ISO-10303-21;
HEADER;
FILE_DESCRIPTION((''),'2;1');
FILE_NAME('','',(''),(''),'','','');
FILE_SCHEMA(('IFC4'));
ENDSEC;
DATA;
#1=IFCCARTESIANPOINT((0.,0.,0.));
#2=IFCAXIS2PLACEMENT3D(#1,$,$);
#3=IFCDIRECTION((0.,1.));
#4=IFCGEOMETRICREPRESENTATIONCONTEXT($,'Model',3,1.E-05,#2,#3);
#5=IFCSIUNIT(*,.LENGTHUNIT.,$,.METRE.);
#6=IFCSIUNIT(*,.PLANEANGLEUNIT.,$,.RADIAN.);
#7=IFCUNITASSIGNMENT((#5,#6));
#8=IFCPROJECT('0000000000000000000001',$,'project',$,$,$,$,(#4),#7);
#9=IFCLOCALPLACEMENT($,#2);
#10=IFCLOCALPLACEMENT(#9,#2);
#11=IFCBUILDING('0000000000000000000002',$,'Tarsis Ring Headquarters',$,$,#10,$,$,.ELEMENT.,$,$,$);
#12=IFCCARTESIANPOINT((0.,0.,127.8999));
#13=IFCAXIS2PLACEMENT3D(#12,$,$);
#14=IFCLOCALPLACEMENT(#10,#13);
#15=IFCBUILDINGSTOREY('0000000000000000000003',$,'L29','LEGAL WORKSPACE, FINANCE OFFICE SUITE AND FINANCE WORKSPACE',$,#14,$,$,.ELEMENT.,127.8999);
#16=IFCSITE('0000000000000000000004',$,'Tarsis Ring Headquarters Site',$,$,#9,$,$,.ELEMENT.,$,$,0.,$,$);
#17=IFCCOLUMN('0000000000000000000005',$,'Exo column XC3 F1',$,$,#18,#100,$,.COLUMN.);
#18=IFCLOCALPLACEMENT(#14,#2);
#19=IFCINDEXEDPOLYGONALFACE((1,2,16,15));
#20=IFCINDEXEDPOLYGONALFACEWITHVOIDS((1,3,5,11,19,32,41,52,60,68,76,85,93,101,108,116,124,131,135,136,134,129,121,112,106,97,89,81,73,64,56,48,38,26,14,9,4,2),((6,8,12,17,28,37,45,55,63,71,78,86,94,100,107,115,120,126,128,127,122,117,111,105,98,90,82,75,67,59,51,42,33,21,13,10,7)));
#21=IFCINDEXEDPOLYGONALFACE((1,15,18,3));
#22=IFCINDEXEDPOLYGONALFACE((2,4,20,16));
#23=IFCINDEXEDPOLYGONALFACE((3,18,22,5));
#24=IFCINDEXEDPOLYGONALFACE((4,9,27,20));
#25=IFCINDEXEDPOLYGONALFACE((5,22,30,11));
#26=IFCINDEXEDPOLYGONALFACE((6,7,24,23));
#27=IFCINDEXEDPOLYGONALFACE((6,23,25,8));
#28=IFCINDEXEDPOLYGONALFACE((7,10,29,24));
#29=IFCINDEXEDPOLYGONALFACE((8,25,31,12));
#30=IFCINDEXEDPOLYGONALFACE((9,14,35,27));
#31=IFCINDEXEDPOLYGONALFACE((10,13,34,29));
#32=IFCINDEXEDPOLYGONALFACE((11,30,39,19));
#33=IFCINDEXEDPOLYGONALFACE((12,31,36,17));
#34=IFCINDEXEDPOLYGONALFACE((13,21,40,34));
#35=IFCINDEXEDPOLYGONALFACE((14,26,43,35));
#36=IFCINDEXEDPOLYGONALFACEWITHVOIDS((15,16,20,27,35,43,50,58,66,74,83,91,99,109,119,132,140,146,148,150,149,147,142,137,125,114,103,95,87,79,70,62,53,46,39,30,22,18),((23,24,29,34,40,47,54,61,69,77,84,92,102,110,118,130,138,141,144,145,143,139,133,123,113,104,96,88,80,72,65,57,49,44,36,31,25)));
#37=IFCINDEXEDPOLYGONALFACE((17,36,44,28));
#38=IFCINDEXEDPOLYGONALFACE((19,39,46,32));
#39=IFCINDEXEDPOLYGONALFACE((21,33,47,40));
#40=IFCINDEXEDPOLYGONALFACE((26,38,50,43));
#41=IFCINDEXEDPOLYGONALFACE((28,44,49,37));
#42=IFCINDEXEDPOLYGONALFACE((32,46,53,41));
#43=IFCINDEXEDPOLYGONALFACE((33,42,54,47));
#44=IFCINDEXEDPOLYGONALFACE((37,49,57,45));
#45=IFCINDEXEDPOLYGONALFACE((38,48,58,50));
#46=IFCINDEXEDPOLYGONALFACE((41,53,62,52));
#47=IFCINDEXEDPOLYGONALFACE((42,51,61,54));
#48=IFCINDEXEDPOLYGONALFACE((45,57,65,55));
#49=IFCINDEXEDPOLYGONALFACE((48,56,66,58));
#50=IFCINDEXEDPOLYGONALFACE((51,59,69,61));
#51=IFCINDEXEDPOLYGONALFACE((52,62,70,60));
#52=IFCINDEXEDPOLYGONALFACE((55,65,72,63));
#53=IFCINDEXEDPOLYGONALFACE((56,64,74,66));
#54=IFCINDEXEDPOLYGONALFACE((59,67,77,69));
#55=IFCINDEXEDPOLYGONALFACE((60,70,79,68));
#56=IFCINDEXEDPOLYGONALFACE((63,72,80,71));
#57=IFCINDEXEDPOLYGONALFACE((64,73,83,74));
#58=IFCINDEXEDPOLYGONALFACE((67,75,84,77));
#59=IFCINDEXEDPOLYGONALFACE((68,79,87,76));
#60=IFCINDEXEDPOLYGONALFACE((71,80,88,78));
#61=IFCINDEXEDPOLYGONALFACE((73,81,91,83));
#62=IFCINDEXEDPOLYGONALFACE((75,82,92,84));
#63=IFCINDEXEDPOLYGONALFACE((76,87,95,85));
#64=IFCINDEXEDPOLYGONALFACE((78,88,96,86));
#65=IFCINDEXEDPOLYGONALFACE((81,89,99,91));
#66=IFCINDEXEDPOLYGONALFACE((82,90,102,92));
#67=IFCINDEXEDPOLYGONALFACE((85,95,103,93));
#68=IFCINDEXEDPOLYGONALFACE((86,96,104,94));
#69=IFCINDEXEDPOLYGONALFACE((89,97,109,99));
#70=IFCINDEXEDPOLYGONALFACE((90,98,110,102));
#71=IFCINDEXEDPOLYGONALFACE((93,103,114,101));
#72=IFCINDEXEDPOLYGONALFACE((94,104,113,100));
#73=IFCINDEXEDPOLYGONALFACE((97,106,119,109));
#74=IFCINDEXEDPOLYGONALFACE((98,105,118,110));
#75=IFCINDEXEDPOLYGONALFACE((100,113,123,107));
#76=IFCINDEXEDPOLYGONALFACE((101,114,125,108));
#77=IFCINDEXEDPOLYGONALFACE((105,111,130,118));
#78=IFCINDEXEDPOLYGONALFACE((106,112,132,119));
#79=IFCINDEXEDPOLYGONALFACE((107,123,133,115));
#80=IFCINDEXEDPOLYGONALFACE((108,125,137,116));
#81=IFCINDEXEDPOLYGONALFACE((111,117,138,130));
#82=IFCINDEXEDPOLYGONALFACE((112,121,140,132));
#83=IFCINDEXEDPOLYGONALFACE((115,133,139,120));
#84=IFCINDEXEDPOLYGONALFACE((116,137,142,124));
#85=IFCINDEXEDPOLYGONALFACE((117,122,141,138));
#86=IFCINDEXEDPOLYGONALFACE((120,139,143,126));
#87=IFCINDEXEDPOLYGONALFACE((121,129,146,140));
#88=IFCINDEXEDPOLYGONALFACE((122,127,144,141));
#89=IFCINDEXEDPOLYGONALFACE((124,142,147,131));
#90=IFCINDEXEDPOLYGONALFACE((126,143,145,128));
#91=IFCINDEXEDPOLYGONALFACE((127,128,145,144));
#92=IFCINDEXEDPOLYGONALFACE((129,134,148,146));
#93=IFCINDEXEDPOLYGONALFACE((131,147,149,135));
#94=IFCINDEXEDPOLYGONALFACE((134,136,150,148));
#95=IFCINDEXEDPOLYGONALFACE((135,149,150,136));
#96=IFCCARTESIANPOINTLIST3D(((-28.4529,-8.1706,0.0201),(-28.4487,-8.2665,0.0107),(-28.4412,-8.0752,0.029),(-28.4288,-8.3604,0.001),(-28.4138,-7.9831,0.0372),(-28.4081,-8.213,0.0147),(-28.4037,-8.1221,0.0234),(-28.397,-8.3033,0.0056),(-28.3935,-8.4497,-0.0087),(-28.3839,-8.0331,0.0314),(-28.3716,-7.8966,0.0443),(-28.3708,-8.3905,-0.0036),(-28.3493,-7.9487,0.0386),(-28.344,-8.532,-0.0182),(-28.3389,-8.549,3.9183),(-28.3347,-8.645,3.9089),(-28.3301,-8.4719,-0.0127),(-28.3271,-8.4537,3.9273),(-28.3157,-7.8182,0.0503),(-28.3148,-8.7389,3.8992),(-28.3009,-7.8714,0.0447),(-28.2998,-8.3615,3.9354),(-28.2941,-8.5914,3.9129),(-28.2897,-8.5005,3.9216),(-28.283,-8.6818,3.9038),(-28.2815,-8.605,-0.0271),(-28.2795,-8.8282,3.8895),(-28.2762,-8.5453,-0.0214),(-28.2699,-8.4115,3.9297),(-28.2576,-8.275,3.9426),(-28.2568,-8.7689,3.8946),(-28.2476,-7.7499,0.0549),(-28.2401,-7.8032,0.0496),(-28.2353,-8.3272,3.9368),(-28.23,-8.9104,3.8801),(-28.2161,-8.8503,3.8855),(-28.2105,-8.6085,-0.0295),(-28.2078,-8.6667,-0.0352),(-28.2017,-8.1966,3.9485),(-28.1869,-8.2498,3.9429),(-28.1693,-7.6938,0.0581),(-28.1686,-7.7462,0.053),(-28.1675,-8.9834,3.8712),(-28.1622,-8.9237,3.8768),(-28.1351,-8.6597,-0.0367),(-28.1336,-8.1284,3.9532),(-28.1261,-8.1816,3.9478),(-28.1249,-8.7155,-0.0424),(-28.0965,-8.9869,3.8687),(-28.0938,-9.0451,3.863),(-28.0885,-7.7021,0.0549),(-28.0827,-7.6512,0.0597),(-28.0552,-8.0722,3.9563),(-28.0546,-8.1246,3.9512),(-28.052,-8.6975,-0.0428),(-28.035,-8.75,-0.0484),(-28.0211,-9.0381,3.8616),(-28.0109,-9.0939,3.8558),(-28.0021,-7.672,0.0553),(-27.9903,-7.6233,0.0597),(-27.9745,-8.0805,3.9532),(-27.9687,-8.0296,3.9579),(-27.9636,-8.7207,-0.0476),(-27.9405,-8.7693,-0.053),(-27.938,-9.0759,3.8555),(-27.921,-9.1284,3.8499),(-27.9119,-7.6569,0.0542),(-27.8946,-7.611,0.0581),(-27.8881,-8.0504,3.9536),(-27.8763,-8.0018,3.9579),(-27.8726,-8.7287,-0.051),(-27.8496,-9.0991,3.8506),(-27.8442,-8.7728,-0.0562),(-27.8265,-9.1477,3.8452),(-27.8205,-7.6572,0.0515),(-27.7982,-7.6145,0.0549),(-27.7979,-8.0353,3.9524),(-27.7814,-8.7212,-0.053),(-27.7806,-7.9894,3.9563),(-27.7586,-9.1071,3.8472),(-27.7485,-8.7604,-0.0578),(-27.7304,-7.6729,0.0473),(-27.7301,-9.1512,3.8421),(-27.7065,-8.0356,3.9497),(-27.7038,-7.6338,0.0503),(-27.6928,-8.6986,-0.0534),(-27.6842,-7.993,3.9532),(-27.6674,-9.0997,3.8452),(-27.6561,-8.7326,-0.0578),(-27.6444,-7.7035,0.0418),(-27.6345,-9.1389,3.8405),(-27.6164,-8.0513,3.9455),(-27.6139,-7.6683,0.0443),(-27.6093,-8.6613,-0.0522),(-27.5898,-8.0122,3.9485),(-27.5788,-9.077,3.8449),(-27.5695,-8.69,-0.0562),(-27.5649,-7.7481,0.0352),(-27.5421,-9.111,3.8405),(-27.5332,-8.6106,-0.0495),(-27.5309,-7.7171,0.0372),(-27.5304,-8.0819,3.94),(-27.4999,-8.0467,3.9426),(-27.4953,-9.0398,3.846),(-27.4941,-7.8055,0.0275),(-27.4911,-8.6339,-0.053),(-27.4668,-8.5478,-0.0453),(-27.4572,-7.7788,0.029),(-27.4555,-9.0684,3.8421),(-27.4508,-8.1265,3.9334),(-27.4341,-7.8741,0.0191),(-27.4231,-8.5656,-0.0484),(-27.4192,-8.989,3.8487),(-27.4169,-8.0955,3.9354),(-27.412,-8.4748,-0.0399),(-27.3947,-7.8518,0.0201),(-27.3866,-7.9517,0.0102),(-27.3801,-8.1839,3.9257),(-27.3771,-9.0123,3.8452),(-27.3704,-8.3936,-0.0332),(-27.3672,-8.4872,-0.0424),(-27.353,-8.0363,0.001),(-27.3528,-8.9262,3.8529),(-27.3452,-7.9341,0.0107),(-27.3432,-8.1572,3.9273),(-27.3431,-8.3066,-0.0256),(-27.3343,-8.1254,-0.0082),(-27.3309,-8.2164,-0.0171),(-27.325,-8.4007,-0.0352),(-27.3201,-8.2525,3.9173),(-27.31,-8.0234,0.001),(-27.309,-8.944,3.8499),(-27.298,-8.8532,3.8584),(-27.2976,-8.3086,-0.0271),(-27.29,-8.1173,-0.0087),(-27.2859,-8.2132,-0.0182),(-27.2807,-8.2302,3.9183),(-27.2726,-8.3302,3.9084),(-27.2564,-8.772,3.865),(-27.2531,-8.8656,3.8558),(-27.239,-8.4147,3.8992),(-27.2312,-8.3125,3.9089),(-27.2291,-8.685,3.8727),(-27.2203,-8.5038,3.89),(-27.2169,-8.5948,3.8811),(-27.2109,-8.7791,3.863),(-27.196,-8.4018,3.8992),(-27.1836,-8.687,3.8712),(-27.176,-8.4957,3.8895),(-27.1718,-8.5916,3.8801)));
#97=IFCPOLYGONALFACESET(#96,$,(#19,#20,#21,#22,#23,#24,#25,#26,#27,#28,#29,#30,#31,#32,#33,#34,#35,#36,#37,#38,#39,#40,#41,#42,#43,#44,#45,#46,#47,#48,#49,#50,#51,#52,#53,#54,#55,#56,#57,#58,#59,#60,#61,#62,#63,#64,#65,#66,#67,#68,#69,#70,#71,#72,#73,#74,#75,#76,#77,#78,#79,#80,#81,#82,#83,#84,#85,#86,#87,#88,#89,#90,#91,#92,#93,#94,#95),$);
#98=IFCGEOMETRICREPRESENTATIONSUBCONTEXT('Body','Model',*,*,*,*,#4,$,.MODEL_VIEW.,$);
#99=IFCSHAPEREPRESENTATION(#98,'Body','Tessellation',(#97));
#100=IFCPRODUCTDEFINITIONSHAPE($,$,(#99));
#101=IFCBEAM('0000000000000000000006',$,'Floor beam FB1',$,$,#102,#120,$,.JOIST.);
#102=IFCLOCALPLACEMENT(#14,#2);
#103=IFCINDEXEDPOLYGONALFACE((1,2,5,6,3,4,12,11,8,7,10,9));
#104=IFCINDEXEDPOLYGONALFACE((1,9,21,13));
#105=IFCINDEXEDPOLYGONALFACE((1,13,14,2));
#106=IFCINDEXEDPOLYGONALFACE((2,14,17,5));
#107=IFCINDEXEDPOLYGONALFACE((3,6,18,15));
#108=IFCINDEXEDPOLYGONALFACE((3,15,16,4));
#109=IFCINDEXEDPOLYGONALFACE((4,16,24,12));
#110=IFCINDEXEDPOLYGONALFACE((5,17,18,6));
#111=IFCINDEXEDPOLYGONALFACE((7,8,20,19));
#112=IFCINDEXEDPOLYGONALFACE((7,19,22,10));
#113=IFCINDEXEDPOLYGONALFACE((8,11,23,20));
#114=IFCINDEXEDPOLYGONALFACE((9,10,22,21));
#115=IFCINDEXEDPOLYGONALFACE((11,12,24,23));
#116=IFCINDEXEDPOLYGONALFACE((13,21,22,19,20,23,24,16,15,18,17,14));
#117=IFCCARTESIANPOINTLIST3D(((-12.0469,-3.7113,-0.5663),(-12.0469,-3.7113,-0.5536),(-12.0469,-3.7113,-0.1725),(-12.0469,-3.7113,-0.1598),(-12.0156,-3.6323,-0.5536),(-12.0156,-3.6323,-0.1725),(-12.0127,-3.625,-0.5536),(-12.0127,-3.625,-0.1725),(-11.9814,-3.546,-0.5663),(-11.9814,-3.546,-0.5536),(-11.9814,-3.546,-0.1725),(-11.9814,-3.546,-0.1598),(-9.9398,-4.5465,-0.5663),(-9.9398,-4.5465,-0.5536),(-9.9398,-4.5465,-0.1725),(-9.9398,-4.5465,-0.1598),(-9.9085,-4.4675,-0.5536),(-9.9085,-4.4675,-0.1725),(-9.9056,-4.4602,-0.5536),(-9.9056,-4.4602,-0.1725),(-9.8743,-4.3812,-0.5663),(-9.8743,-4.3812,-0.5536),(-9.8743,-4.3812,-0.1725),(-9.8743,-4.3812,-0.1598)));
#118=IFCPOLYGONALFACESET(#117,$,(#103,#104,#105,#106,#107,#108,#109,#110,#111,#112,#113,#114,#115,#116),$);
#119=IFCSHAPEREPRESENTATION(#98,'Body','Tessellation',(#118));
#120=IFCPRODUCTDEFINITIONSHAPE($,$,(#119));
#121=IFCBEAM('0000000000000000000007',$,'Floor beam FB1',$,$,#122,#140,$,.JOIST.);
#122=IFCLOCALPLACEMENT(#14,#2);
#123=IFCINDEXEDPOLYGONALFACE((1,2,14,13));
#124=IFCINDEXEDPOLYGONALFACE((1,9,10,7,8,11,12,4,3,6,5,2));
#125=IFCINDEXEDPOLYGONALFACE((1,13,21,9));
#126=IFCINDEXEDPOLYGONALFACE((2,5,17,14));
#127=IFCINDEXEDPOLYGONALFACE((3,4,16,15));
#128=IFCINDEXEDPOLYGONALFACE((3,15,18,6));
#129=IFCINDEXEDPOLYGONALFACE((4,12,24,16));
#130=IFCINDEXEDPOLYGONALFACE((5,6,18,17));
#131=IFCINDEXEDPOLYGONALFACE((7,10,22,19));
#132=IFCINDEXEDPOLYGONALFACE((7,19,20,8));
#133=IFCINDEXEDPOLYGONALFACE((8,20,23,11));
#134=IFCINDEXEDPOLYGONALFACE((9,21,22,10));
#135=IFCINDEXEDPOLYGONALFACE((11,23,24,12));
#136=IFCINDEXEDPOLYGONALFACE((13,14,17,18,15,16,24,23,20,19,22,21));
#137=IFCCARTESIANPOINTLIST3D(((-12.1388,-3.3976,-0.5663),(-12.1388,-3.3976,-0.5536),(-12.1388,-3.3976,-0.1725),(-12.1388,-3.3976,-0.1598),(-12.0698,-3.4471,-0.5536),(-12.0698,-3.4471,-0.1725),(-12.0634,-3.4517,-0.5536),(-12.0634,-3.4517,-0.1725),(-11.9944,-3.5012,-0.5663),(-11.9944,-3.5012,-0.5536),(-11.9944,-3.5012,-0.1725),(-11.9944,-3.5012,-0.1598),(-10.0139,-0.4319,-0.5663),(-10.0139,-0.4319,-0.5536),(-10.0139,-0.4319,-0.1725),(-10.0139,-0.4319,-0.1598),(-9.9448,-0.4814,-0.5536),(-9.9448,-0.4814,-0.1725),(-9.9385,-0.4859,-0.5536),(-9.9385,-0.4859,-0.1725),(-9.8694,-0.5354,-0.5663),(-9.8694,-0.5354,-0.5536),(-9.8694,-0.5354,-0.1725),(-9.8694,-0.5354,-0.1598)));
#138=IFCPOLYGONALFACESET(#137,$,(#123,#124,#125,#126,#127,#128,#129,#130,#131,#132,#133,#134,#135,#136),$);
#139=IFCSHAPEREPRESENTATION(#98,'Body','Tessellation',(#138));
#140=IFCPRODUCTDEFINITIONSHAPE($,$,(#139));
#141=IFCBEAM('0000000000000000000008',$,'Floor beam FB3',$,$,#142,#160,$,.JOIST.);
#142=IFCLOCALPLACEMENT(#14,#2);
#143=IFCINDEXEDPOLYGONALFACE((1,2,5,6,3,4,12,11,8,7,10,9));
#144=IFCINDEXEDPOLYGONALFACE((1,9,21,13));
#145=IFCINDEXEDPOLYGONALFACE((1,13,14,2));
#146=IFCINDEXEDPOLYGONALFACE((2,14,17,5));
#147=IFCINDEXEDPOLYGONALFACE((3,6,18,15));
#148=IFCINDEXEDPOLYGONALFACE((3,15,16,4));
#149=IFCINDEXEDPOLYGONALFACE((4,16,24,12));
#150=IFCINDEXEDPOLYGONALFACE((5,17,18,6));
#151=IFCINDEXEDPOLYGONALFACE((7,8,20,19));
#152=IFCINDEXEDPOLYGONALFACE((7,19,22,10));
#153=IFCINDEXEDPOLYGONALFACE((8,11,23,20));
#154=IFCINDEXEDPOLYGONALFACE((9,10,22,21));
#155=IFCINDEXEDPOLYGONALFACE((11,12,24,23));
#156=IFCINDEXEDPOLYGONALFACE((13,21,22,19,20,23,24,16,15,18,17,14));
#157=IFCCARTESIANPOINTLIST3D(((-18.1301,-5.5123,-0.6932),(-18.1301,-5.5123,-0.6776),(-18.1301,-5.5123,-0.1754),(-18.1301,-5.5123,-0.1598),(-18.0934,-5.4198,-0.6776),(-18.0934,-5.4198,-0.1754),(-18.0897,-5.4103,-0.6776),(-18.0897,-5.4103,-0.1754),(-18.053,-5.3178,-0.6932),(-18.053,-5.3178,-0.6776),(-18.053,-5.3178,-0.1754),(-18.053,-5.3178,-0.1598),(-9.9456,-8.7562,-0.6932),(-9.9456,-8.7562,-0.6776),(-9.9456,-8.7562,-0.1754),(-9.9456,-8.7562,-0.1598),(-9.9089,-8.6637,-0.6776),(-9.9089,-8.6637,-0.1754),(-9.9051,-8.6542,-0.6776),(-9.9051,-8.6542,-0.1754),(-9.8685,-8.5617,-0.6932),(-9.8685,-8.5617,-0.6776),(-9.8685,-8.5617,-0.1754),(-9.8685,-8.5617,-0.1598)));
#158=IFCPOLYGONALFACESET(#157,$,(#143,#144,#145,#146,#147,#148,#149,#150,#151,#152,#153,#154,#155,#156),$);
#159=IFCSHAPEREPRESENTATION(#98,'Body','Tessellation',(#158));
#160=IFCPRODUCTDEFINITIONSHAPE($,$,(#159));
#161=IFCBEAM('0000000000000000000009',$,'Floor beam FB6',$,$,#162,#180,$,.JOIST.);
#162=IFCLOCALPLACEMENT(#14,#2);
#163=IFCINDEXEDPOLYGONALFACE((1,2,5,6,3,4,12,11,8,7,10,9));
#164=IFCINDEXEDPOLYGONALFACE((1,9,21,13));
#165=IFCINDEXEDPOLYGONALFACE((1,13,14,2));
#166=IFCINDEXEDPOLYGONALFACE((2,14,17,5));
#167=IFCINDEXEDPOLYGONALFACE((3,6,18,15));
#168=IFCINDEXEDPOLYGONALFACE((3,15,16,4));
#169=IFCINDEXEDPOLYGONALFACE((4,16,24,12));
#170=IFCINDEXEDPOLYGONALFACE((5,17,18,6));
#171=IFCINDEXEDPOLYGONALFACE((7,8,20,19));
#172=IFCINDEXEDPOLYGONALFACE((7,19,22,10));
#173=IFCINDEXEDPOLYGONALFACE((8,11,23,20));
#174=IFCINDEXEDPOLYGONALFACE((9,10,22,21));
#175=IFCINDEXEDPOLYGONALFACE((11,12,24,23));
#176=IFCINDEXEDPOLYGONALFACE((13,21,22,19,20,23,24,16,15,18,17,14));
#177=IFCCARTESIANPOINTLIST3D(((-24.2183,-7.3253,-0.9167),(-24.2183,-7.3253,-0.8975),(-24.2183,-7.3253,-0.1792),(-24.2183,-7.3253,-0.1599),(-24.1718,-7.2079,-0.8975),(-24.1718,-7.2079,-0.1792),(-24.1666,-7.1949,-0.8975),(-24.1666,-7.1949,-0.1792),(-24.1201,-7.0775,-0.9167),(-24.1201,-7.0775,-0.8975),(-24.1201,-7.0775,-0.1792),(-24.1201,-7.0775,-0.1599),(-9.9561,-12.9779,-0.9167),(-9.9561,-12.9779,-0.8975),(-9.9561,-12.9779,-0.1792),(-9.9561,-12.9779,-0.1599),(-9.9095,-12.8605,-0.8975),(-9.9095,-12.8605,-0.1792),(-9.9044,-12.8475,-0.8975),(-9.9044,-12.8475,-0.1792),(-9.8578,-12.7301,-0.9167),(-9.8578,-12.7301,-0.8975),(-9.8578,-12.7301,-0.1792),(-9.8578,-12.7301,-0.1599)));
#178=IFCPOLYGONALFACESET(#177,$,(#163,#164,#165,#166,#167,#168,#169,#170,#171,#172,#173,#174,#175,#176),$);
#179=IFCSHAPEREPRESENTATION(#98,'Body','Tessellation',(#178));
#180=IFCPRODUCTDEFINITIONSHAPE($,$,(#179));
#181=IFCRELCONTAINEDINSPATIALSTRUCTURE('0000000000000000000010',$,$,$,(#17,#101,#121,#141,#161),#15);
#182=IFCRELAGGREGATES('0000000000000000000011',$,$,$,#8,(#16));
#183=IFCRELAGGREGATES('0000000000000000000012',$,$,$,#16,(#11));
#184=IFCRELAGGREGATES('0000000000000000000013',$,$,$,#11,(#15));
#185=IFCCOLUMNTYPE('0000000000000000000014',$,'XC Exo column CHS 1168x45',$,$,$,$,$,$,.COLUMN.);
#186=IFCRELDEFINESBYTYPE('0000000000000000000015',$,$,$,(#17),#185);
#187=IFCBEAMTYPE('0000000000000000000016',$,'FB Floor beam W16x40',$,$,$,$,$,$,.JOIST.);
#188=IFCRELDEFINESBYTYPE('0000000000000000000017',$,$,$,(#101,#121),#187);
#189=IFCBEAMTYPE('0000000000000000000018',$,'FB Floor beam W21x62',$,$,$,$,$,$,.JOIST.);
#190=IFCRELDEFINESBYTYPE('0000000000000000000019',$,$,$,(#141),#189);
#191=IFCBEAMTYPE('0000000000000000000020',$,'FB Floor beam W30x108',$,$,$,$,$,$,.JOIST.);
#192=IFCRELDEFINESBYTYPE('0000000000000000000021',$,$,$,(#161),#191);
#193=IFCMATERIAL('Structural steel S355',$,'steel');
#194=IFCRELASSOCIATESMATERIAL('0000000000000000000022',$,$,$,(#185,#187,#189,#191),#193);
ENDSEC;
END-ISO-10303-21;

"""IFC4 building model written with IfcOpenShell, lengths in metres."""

from ifc_helpers import new_model, si_unit, direction, frame, origin, origin_2d, place, context, subcontext, project, spatial, hollow_circle, i_section, extrude, material, material_profile, profile_set, type_object, element, save


model = new_model("IFC4")

# Units and contexts
model_context = context("Model", 3, precision=1e-05, world=origin(), true_north=direction((0.0, 1.0)))
body_context = subcontext(model_context, "Body", "Model", "MODEL_VIEW")
ifc_project = project(units=[si_unit("LENGTHUNIT", "METRE"), si_unit("PLANEANGLEUNIT", "RADIAN")], contexts=[model_context])

# Site, building, storey
site_placement = place(None, origin())
site = spatial("IfcSite", under=ifc_project, at=site_placement, Name="Tarsis Ring Headquarters Site", CompositionType="ELEMENT", RefElevation=0.0)
building_placement = place(site_placement, origin())
building = spatial("IfcBuilding", under=site, at=building_placement, Name="Tarsis Ring Headquarters", CompositionType="ELEMENT")
storey_placement = place(building_placement, frame((0.0, 0.0, 127.8999)))
storey = spatial("IfcBuildingStorey", under=building, at=storey_placement, Name="L29", Description="LEGAL WORKSPACE, FINANCE OFFICE SUITE AND FINANCE WORKSPACE", CompositionType="ELEMENT", Elevation=127.8999)

# Column
ifc_material_1 = material(Name="Structural steel S355", Category="steel")
ifc_material_profile_1 = material_profile(ifc_material_1, hollow_circle(Radius=0.5842, WallThickness=0.0449, at=origin_2d()), Name="CHS 1168x45")
ifc_profile_set_1 = profile_set([ifc_material_profile_1], Name="Structural steel S355")
column_type = type_object("IfcColumnType", Name="XC Exo column CHS 1168x45", PredefinedType="COLUMN", material=ifc_profile_set_1)
column_placement = place(storey_placement, frame((-27.8694, -8.1919, 0.001), z_axis=(0.029099, -0.09658, 0.9949), x_axis=(0.957486, 0.288481, 0.0)))
element("IfcColumn", 1, at=column_placement, inside=storey, type_object=column_type, Name="Exo column XC3 F1", PredefinedType="COLUMN", context=body_context, shape_type="SweptSolid", body=[
    extrude(hollow_circle(Radius=0.5842, WallThickness=0.0449, at=origin_2d()), origin(), (0.0, 0.0, 1.0), 3.9182),
])

# Beams
ifc_material_profile_2 = material_profile(ifc_material_1, i_section(OverallWidth=0.1777, OverallDepth=0.4065, WebThickness=0.0078, FlangeThickness=0.0127, at=origin_2d()), Name="W16x40")
ifc_profile_set_2 = profile_set([ifc_material_profile_2], Name="Structural steel S355")
beam_type_1 = type_object("IfcBeamType", Name="FB Floor beam W16x40", PredefinedType="JOIST", material=ifc_profile_set_2)
beam_1_placement = place(storey_placement, frame((-12.0142, -3.6287, -0.363), z_axis=(0.929638, -0.368473, 0.0), x_axis=(0.368473, 0.929638, 0.0)))
element("IfcBeam", 2, at=beam_1_placement, inside=storey, type_object=beam_type_1, Name="Floor beam FB1", PredefinedType="JOIST", context=body_context, shape_type="SweptSolid", body=[
    extrude(i_section(OverallWidth=0.1777, OverallDepth=0.4065, WebThickness=0.0078, FlangeThickness=0.0127, at=origin_2d()), origin(), (0.0, 0.0, 1.0), 2.2666),
])
beam_2_placement = place(storey_placement, frame((-9.9417, -0.4836, -0.363), z_axis=(-0.582428, -0.812883, 0.0), x_axis=(0.812883, -0.582428, 0.0)))
element("IfcBeam", 3, at=beam_2_placement, inside=storey, type_object=beam_type_1, Name="Floor beam FB1", PredefinedType="JOIST", context=body_context, shape_type="SweptSolid", body=[
    extrude(i_section(OverallWidth=0.1777, OverallDepth=0.4065, WebThickness=0.0078, FlangeThickness=0.0127, at=origin_2d()), origin(), (0.0, 0.0, 1.0), 3.6484),
])
ifc_material_profile_3 = material_profile(ifc_material_1, i_section(OverallWidth=0.2092, OverallDepth=0.5334, WebThickness=0.0103, FlangeThickness=0.0156, at=origin_2d()), Name="W21x62")
ifc_profile_set_3 = profile_set([ifc_material_profile_3], Name="Structural steel S355")
beam_type_2 = type_object("IfcBeamType", Name="FB Floor beam W21x62", PredefinedType="JOIST", material=ifc_profile_set_3)
beam_3_placement = place(storey_placement, frame((-18.0916, -5.415, -0.4265), z_axis=(0.929644, -0.368458, 0.0), x_axis=(0.368458, 0.929644, 0.0)))
element("IfcBeam", 4, at=beam_3_placement, inside=storey, type_object=beam_type_2, Name="Floor beam FB3", PredefinedType="JOIST", context=body_context, shape_type="SweptSolid", body=[
    extrude(i_section(OverallWidth=0.2092, OverallDepth=0.5334, WebThickness=0.0103, FlangeThickness=0.0156, at=origin_2d()), origin(), (0.0, 0.0, 1.0), 8.804),
])
ifc_material_profile_4 = material_profile(ifc_material_1, i_section(OverallWidth=0.2666, OverallDepth=0.7568, WebThickness=0.0139, FlangeThickness=0.0193, at=origin_2d()), Name="W30x108")
ifc_profile_set_4 = profile_set([ifc_material_profile_4], Name="Structural steel S355")
beam_type_3 = type_object("IfcBeamType", Name="FB Floor beam W30x108", PredefinedType="JOIST", material=ifc_profile_set_4)
beam_4_placement = place(storey_placement, frame((-24.1692, -7.2014, -0.5383), z_axis=(0.929647, -0.36845, 0.0), x_axis=(0.36845, 0.929647, 0.0)))
element("IfcBeam", 5, at=beam_4_placement, inside=storey, type_object=beam_type_3, Name="Floor beam FB6", PredefinedType="JOIST", context=body_context, shape_type="SweptSolid", body=[
    extrude(i_section(OverallWidth=0.2666, OverallDepth=0.7568, WebThickness=0.0139, FlangeThickness=0.0193, at=origin_2d()), origin(), (0.0, 0.0, 1.0), 15.3416),
])

save(model, "model.ifc")
